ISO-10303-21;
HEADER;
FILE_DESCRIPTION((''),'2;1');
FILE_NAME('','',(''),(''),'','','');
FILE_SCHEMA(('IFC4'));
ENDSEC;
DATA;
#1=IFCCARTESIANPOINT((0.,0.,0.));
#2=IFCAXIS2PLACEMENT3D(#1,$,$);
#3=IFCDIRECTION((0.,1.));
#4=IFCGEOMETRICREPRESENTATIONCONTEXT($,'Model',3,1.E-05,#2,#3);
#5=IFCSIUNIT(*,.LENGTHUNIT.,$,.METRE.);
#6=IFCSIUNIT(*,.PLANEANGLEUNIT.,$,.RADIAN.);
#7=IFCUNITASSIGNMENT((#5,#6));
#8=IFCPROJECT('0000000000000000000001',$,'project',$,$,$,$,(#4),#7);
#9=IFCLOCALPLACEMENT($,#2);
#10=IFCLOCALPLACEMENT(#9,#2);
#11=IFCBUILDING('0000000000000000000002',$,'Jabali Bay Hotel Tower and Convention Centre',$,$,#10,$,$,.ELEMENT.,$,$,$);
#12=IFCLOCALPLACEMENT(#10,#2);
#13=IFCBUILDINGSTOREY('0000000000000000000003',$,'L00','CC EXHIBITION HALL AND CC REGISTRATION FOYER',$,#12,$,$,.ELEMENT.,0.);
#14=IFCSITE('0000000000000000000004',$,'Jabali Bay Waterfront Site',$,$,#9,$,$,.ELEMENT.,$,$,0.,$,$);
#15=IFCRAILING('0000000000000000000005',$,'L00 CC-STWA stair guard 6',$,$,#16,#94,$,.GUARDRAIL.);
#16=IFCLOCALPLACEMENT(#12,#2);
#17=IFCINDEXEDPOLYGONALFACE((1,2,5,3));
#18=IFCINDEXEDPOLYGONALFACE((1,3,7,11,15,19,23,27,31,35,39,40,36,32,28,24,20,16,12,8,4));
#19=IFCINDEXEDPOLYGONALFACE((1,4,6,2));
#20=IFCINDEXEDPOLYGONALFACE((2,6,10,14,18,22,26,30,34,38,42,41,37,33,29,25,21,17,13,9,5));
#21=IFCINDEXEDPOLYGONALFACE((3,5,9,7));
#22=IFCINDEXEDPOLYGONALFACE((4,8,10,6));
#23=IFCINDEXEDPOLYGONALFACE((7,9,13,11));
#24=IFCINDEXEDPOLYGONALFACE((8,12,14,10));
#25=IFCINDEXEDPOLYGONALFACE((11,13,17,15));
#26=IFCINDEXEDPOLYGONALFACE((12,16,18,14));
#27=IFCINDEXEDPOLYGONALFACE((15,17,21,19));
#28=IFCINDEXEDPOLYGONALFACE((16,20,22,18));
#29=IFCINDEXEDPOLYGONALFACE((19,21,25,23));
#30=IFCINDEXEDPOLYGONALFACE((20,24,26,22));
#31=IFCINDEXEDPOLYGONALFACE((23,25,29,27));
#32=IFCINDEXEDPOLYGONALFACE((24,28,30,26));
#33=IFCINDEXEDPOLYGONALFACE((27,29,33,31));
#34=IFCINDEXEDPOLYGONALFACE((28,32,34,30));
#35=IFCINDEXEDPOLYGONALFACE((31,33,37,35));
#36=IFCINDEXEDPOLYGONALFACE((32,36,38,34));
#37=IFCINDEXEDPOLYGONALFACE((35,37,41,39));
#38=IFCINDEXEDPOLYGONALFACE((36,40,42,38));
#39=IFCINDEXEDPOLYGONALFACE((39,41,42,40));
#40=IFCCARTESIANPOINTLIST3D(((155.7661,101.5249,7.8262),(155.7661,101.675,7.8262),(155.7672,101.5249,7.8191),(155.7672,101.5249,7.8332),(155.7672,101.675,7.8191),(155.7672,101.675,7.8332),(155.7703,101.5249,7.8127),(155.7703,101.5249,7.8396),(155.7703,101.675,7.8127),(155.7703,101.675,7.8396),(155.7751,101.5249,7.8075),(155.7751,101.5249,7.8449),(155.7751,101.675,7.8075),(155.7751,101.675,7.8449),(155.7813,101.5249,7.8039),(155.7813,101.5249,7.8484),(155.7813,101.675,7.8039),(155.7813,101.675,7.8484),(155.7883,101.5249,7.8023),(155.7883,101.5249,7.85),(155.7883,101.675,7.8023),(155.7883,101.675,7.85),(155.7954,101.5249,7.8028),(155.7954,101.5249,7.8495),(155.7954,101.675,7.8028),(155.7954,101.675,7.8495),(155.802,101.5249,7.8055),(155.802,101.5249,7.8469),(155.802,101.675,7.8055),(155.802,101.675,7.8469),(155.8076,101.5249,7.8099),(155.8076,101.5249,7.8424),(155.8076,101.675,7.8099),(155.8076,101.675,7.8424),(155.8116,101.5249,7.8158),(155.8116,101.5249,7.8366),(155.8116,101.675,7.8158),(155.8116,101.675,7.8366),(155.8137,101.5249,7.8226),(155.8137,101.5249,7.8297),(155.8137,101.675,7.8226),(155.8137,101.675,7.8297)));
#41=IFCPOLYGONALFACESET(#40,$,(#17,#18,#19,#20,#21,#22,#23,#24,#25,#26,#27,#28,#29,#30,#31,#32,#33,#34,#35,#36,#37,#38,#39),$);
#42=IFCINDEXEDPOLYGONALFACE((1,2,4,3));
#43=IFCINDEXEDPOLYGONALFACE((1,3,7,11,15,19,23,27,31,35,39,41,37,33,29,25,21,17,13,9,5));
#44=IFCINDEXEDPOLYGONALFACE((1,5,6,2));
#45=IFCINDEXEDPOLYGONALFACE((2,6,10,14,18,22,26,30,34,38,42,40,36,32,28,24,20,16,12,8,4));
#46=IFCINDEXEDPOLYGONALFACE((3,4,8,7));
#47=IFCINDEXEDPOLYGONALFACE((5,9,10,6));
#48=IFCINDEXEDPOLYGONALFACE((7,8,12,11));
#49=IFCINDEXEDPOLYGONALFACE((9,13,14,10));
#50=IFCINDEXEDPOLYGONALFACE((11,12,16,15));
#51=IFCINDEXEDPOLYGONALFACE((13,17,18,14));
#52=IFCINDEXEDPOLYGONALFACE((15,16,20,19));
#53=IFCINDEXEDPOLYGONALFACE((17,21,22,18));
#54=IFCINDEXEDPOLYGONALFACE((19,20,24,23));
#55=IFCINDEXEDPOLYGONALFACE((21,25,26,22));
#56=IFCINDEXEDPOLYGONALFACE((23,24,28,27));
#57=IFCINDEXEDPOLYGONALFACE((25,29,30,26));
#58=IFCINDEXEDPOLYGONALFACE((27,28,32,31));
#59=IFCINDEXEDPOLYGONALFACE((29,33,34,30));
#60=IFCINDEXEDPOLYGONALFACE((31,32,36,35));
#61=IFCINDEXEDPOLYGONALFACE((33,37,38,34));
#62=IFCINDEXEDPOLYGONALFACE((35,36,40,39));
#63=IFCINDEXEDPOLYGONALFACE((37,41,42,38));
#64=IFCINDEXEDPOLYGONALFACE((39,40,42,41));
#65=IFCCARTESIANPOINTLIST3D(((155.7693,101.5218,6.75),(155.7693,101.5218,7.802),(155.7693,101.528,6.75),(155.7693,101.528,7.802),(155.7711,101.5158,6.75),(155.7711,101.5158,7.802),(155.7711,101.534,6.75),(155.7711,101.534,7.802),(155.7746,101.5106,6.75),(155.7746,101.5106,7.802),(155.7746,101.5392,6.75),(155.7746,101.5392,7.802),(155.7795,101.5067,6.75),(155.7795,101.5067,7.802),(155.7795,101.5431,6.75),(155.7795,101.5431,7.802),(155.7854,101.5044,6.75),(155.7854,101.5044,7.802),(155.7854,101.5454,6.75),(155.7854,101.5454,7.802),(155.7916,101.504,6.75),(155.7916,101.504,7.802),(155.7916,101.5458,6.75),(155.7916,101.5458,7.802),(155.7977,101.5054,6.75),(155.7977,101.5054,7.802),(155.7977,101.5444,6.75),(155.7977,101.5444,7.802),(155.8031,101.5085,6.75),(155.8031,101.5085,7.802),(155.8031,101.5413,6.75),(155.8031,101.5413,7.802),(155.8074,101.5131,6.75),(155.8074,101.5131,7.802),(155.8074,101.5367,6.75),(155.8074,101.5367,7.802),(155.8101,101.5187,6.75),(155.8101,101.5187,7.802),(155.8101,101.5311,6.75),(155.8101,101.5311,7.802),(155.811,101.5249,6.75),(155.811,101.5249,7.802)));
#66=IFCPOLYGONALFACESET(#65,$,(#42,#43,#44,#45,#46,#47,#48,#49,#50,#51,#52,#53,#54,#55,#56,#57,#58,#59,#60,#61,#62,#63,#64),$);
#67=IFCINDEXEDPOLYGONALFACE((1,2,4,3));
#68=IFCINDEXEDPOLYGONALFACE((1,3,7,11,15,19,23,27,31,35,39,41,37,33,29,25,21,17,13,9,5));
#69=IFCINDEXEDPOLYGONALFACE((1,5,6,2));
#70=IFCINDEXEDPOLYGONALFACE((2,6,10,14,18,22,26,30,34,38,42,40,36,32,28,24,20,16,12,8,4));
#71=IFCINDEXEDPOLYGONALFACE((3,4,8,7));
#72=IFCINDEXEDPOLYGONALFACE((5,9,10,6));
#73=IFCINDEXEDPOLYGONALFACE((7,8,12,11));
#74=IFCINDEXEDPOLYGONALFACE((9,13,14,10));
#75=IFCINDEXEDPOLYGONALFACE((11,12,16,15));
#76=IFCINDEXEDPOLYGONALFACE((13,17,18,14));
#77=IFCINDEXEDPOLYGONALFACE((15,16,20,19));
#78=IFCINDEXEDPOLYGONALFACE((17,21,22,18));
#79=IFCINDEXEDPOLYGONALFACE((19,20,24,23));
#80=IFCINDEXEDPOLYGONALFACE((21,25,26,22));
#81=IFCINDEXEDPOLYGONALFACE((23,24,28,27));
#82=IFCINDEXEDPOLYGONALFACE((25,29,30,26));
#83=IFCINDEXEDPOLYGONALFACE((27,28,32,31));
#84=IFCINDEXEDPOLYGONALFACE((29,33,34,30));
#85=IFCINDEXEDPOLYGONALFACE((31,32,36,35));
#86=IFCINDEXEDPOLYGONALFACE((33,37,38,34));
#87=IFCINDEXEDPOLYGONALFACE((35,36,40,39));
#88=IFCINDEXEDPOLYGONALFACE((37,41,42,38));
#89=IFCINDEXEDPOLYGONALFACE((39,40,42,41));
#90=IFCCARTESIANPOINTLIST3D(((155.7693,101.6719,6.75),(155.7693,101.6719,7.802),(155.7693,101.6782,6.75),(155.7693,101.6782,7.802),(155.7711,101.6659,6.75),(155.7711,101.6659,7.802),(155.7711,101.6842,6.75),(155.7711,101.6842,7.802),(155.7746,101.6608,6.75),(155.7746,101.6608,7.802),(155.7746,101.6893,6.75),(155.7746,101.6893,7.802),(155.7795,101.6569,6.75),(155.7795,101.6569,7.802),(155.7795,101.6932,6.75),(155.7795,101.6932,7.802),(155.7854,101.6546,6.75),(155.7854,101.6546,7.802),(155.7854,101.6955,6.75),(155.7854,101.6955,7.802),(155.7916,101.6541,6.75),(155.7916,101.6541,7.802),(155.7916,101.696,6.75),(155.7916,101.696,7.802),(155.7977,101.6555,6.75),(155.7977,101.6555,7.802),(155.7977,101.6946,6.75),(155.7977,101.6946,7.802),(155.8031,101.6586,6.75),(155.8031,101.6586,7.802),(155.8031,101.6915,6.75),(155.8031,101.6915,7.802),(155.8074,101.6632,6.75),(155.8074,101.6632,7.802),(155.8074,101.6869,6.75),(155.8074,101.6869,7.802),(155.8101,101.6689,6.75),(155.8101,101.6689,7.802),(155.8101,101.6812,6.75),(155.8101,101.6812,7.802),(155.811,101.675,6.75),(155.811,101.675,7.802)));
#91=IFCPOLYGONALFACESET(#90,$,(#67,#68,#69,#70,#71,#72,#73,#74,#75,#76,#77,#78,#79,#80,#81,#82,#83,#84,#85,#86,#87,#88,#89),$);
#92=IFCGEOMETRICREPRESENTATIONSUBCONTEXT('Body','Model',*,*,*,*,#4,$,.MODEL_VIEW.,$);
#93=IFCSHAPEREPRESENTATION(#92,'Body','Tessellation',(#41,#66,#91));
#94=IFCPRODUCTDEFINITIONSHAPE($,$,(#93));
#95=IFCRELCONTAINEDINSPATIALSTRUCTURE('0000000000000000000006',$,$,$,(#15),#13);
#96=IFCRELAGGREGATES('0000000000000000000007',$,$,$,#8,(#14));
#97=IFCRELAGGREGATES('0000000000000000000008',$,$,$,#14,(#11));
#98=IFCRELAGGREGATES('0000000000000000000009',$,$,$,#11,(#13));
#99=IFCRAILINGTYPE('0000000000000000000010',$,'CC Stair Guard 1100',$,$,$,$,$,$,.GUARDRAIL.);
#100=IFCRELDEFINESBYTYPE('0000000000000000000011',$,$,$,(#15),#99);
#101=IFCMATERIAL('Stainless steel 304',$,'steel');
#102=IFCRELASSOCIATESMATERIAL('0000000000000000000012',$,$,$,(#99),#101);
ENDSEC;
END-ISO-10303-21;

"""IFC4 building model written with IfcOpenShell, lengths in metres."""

from ifc_helpers import new_model, si_unit, direction, frame, origin, origin_2d, place, context, subcontext, project, spatial, circle, extrude, material, type_object, element, save


model = new_model("IFC4")

# Units and contexts
model_context = context("Model", 3, precision=1e-05, world=origin(), true_north=direction((0.0, 1.0)))
body_context = subcontext(model_context, "Body", "Model", "MODEL_VIEW")
ifc_project = project(units=[si_unit("LENGTHUNIT", "METRE"), si_unit("PLANEANGLEUNIT", "RADIAN")], contexts=[model_context])

# Site, building, storey
site_placement = place(None, origin())
site = spatial("IfcSite", under=ifc_project, at=site_placement, Name="Jabali Bay Waterfront Site", CompositionType="ELEMENT", RefElevation=0.0)
building_placement = place(site_placement, origin())
building = spatial("IfcBuilding", under=site, at=building_placement, Name="Jabali Bay Hotel Tower and Convention Centre", CompositionType="ELEMENT")
storey_placement = place(building_placement, origin())
storey = spatial("IfcBuildingStorey", under=building, at=storey_placement, Name="L00", Description="CC EXHIBITION HALL AND CC REGISTRATION FOYER", CompositionType="ELEMENT", Elevation=0.0)

# Railing
ifc_material_1 = material(Name="Stainless steel 304", Category="steel")
railing_type_1 = type_object("IfcRailingType", Name="CC Stair Guard 1100", PredefinedType="GUARDRAIL", material=ifc_material_1)
railing_1_placement = place(storey_placement, frame((155.79, 101.5249, 6.75)))
element("IfcRailing", 1, at=railing_1_placement, inside=storey, type_object=railing_type_1, Name="L00 CC-STWA stair guard 6", PredefinedType="GUARDRAIL", context=body_context, shape_type="SweptSolid", body=[
    extrude(circle(Radius=0.0239, at=origin_2d()), frame((0.0, 0.0, 1.0762), z_axis=(0.0, 1.0, 0.0), x_axis=(-1.0, 0.0, 0.0)), (0.0, 0.0, 1.0), 0.1501),
    extrude(circle(Radius=0.021, at=origin_2d()), origin(), (0.0, 0.0, 1.0), 1.052),
    extrude(circle(Radius=0.021, at=origin_2d()), frame((0.0, 0.1501, 0.0)), (0.0, 0.0, 1.0), 1.052),
])

save(model, "model.ifc")
